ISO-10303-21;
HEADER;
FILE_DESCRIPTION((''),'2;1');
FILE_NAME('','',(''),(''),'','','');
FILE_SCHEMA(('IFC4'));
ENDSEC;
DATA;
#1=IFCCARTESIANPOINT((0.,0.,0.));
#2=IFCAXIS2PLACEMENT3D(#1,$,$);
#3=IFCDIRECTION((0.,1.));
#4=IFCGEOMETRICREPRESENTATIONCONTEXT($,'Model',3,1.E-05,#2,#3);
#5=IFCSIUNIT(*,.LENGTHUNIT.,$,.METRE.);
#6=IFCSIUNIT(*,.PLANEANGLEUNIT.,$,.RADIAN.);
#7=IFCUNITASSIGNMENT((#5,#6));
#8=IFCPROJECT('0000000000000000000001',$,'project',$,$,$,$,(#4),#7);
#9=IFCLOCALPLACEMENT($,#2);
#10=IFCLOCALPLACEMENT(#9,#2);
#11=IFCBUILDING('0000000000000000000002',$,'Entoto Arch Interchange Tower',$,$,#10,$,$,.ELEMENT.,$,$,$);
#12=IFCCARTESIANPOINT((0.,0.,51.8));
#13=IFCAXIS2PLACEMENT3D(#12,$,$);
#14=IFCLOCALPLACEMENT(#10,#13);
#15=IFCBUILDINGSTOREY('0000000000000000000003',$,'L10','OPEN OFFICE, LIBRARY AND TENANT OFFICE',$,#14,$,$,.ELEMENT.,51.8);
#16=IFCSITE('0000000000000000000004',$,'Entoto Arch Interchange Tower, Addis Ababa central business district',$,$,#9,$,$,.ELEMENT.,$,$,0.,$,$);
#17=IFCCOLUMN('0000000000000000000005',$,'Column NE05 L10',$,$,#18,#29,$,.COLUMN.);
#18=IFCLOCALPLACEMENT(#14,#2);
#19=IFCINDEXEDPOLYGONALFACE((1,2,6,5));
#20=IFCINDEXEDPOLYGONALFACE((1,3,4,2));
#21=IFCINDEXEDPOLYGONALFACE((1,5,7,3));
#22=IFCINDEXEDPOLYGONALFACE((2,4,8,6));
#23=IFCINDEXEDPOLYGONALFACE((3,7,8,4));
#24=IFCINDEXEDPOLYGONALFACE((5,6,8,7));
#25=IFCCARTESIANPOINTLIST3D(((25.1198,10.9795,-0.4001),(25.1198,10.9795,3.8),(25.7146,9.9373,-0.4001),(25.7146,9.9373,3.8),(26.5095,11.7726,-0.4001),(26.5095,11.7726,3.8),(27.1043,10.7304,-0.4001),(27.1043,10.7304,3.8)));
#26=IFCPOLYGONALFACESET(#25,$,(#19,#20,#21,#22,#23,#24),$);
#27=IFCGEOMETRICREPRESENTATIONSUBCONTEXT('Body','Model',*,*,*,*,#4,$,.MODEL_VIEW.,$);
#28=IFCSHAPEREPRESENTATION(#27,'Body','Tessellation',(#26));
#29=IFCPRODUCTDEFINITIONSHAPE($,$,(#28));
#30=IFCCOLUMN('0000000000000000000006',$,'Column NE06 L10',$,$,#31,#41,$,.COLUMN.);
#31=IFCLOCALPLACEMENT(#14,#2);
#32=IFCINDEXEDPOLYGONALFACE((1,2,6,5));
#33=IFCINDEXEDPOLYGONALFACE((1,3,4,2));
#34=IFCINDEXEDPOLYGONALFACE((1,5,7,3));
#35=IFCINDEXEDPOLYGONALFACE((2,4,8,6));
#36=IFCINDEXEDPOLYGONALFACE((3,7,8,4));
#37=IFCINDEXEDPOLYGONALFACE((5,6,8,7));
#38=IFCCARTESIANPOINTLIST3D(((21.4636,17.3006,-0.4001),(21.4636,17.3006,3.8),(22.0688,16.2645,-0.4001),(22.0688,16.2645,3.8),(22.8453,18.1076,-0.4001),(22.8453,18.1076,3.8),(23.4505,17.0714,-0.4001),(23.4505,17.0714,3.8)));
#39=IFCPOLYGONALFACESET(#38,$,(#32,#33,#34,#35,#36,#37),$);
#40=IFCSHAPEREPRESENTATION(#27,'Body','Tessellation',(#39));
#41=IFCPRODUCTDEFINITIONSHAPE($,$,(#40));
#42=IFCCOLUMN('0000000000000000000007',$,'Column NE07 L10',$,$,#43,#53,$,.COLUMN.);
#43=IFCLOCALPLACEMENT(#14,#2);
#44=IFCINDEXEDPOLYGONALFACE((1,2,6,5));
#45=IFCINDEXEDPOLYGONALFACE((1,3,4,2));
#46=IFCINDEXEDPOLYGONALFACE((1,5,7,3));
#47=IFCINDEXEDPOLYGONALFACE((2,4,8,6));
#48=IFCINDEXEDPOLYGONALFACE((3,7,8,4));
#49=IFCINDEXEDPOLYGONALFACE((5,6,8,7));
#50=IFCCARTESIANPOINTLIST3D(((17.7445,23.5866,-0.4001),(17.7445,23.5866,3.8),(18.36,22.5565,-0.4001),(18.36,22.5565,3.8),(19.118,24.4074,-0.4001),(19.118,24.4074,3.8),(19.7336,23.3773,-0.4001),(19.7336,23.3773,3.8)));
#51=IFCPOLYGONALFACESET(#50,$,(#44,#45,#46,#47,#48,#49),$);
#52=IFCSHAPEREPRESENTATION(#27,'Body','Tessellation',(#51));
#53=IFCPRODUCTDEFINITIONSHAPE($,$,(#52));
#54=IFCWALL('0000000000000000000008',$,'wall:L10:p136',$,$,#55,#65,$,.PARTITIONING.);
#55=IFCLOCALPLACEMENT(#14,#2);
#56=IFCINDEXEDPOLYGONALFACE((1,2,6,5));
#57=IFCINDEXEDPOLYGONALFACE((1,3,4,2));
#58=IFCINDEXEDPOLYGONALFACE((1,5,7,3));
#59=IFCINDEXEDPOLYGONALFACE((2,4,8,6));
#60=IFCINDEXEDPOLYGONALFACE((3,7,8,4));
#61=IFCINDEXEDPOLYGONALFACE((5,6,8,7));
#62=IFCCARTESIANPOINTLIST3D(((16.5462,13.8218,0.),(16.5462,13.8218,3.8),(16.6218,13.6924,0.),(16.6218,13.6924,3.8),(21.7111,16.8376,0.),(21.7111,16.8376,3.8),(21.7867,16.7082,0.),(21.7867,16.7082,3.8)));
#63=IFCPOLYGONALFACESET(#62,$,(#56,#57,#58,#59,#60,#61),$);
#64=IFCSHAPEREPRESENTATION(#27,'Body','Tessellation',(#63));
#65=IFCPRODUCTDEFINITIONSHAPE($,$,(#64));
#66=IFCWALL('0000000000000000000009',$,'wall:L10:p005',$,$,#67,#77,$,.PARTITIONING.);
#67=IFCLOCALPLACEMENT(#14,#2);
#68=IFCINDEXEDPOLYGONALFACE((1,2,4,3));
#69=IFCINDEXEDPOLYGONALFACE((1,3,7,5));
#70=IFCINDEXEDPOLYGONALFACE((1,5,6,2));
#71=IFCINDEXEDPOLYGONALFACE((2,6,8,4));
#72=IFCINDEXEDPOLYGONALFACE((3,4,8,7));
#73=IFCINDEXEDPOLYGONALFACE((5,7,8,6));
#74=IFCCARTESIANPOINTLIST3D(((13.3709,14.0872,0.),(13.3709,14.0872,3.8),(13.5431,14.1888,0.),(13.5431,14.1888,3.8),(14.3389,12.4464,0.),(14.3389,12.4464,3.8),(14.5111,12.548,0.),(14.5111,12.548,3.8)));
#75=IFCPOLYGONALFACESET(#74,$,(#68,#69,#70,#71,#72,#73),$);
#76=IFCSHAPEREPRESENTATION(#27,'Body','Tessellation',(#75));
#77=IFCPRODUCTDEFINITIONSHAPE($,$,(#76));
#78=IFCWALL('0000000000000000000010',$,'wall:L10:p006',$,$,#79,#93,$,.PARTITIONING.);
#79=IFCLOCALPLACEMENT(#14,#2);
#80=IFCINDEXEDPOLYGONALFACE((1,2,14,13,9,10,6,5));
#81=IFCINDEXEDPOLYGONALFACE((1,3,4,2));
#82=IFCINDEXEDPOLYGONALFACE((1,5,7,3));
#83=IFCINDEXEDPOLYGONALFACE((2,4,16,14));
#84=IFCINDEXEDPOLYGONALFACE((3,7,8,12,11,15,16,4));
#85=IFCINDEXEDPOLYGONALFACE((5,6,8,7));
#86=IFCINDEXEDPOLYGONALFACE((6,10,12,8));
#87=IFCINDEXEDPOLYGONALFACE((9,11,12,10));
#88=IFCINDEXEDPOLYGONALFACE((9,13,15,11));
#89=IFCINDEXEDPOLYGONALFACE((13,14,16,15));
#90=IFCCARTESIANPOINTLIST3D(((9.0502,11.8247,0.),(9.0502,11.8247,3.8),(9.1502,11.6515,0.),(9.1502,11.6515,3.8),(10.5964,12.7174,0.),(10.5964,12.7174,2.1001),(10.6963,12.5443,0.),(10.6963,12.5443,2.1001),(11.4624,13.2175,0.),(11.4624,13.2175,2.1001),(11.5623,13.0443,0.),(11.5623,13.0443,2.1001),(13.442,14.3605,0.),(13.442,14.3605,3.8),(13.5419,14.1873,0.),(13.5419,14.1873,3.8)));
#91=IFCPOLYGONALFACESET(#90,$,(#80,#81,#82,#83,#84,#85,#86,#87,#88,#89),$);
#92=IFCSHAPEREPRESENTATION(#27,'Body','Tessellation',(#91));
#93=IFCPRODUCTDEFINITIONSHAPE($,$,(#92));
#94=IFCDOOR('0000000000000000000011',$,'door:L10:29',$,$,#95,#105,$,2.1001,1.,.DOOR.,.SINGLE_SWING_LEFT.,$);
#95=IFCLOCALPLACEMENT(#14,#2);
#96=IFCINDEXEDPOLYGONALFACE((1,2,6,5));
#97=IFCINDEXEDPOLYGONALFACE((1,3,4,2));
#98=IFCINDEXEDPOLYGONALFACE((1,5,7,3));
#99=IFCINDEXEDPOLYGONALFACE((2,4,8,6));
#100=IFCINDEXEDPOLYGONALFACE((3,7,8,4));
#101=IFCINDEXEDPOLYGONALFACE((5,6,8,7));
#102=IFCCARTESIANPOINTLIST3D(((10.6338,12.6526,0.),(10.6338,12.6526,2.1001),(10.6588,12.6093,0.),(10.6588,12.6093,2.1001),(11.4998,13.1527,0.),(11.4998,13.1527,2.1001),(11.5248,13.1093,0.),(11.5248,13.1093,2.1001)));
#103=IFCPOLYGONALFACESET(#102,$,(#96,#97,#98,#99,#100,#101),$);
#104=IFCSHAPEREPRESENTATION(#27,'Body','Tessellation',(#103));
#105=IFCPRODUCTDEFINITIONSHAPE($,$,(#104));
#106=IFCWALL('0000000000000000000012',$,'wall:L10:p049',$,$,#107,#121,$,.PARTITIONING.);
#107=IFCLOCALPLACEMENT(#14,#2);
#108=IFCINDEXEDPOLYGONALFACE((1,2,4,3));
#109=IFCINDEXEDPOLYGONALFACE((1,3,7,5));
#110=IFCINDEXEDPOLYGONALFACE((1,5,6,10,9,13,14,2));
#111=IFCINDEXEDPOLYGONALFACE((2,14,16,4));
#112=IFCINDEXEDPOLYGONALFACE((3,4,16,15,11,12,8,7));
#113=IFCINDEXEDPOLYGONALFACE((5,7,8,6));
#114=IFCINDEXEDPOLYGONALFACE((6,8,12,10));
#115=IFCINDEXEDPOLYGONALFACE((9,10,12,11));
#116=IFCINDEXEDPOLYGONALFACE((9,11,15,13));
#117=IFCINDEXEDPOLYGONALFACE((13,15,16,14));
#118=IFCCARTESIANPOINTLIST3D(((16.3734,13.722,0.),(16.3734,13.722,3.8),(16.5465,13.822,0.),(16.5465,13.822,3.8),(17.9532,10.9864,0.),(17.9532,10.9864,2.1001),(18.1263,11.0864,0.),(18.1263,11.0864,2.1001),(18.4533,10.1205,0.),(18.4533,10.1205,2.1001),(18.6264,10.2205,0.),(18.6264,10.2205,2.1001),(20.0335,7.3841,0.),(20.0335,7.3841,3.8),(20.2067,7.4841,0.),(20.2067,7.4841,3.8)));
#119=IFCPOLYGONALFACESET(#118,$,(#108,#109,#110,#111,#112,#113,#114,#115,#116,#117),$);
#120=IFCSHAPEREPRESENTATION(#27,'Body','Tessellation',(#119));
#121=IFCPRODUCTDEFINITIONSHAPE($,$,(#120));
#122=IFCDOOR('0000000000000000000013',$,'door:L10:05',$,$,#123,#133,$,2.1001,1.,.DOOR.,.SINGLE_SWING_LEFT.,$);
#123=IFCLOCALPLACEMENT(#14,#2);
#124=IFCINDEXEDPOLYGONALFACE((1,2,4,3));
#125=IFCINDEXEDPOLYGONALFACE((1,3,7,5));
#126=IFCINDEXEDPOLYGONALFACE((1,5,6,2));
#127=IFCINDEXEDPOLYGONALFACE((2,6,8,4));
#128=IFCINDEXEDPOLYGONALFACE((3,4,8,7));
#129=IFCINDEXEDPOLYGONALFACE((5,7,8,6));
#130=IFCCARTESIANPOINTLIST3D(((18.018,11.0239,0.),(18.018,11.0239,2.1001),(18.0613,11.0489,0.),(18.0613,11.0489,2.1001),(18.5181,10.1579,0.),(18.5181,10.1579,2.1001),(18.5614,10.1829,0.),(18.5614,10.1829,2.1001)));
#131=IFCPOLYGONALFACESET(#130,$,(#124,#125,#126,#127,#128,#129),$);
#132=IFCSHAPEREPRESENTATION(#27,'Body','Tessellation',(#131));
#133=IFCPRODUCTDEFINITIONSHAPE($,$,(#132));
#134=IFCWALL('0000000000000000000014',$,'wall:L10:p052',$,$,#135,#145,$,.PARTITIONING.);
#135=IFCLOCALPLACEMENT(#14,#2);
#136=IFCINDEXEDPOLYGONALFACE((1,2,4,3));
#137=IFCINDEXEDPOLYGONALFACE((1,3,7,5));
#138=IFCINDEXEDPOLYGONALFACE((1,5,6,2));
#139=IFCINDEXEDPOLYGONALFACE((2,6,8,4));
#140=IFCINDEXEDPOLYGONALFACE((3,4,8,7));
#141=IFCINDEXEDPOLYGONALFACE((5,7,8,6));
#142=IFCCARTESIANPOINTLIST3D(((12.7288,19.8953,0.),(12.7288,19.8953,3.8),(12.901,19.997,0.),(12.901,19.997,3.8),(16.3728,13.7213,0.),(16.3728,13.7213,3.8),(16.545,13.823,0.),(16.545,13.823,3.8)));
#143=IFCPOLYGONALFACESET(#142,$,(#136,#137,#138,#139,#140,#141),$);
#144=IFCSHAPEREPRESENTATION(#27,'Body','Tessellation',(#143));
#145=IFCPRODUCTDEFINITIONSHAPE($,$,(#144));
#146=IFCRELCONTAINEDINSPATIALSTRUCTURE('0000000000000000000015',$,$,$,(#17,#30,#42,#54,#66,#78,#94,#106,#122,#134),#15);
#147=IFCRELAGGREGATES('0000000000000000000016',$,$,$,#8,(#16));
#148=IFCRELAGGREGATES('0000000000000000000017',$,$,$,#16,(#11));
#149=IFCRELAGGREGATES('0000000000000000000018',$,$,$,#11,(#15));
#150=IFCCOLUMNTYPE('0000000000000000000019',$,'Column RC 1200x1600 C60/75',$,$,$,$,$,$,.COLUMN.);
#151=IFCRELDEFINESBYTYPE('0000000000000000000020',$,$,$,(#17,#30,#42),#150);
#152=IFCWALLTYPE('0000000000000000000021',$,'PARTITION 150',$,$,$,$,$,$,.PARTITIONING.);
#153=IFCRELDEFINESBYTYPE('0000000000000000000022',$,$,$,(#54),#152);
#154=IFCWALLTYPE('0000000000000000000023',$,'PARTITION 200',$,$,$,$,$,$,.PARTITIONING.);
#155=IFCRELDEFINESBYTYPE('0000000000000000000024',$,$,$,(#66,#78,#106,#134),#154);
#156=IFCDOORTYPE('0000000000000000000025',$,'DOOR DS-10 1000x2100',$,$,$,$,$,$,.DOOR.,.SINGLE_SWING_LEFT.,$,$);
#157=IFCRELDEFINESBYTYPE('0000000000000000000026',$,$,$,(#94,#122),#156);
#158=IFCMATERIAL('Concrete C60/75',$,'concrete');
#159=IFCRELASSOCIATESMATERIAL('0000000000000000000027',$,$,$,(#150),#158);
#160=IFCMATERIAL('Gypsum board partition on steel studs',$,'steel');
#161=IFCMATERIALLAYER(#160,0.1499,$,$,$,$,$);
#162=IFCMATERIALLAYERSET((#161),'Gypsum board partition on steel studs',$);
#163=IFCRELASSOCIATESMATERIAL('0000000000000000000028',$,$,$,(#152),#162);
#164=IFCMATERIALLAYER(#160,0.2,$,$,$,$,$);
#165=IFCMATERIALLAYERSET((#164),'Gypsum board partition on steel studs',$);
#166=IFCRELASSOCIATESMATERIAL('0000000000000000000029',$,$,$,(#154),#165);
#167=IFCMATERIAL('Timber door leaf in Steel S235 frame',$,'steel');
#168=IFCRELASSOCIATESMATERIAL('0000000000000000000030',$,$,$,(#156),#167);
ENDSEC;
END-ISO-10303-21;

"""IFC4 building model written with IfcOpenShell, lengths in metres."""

from ifc_helpers import new_model, si_unit, direction, frame, frame_2d, origin, origin_2d, place, context, subcontext, project, spatial, rectangle, extrude, material, layer, layer_set, material_profile, profile_set, type_object, element, fill, save


model = new_model("IFC4")

# Units and contexts
model_context = context("Model", 3, precision=1e-05, world=origin(), true_north=direction((0.0, 1.0)))
body_context = subcontext(model_context, "Body", "Model", "MODEL_VIEW")
ifc_project = project(units=[si_unit("LENGTHUNIT", "METRE"), si_unit("PLANEANGLEUNIT", "RADIAN")], contexts=[model_context])

# Site, building, storey
site_placement = place(None, origin())
site = spatial("IfcSite", under=ifc_project, at=site_placement, Name="Entoto Arch Interchange Tower, Addis Ababa central business district", CompositionType="ELEMENT", RefElevation=0.0)
building_placement = place(site_placement, origin())
building = spatial("IfcBuilding", under=site, at=building_placement, Name="Entoto Arch Interchange Tower", CompositionType="ELEMENT")
storey_placement = place(building_placement, frame((0.0, 0.0, 51.8)))
storey = spatial("IfcBuildingStorey", under=building, at=storey_placement, Name="L10", Description="OPEN OFFICE, LIBRARY AND TENANT OFFICE", CompositionType="ELEMENT", Elevation=51.8)

# Columns
ifc_material_1 = material(Name="Concrete C60/75", Category="concrete")
ifc_material_profile = material_profile(ifc_material_1, rectangle(XDim=1.2, YDim=1.6001, at=origin_2d()))
ifc_profile_set = profile_set([ifc_material_profile], Name="Concrete C60/75")
column_type = type_object("IfcColumnType", Name="Column RC 1200x1600 C60/75", PredefinedType="COLUMN", material=ifc_profile_set)
for number, where, z_axis, x_axis, name in (
    (1, (26.1121, 10.855, -0.4001), (0.0, 0.0, 1.0), (-0.495656, 0.868519, 0.0), "Column NE05 L10"),
    (2, (22.457, 17.186, -0.4001), (0.0, 0.0, 1.0), (-0.504332, 0.86351, 0.0), "Column NE06 L10"),
    (3, (18.739, 23.4819, -0.4001), (0.0, 0.0, 1.0), (-0.512972, 0.858405, 0.0), "Column NE07 L10"),
):
    element("IfcColumn", number, at=place(storey_placement, frame(where, z_axis=z_axis, x_axis=x_axis)), inside=storey, type_object=column_type, Name=name, PredefinedType="COLUMN", context=body_context, shape_type="SweptSolid", body=[
        extrude(rectangle(XDim=1.2, YDim=1.6001, at=origin_2d()), origin(), (0.0, 0.0, 1.0), 4.2002),
    ])

# Walls
ifc_material_2 = material(Name="Gypsum board partition on steel studs", Category="steel")
ifc_layer_1 = layer(ifc_material_2, 0.1499)
ifc_layer_set_1 = layer_set([ifc_layer_1], Name="Gypsum board partition on steel studs")
wall_type_1 = type_object("IfcWallType", Name="PARTITION 150", PredefinedType="PARTITIONING", material=ifc_layer_set_1)
wall_1_placement = place(storey_placement, frame((16.584, 13.7571, 0.0), z_axis=(0.0, 0.0, 1.0), x_axis=(0.863566, 0.504236, 0.0)))
element("IfcWall", 4, at=wall_1_placement, inside=storey, type_object=wall_type_1, Name="wall:L10:p136", PredefinedType="PARTITIONING", context=body_context, shape_type="SweptSolid", body=[
    extrude(rectangle(XDim=5.981, YDim=0.1499, at=frame_2d((2.9905, 0.0))), origin(), (0.0, 0.0, 1.0), 3.8),
])
ifc_layer_2 = layer(ifc_material_2, 0.2)
ifc_layer_set_2 = layer_set([ifc_layer_2], Name="Gypsum board partition on steel studs")
wall_type_2 = type_object("IfcWallType", Name="PARTITION 200", PredefinedType="PARTITIONING", material=ifc_layer_set_2)
wall_2_placement = place(storey_placement, frame((14.425, 12.4971, 0.0), z_axis=(0.0, 0.0, 1.0), x_axis=(-0.508112, 0.861291, 0.0)))
element("IfcWall", 5, at=wall_2_placement, inside=storey, type_object=wall_type_2, Name="wall:L10:p005", PredefinedType="PARTITIONING", context=body_context, shape_type="SweptSolid", body=[
    extrude(rectangle(XDim=1.905, YDim=0.2, at=frame_2d((0.9526, 0.0))), origin(), (0.0, 0.0, 1.0), 3.8),
])

# Walls, openings, doors
wall_3_placement = place(storey_placement, frame((13.4919, 14.2739, 0.0), z_axis=(0.0, 0.0, 1.0), x_axis=(-0.866004, -0.500038, 0.0)))
wall_3 = element("IfcWall", 6, at=wall_3_placement, inside=storey, type_object=wall_type_2, Name="wall:L10:p006", PredefinedType="PARTITIONING", context=body_context, shape_type="SweptSolid", body=[
    extrude(rectangle(XDim=5.0713, YDim=0.2, at=frame_2d((2.5356, 0.0))), origin(), (0.0, 0.0, 1.0), 3.8),
])
opening_1_placement = place(wall_3_placement, frame((2.2859, 0.0, 0.0)))
opening_1 = element("IfcOpeningElement", 7, at=opening_1_placement, cuts=wall_3, PredefinedType="OPENING", context=body_context, shape_type="SweptSolid", body=[
    extrude(rectangle(XDim=1.0, YDim=2.1001, at=frame_2d((0.5, 1.05))), frame((0.0, 0.1099, 0.0), z_axis=(0.0, -1.0, 0.0), x_axis=(1.0, 0.0, 0.0)), (0.0, 0.0, 1.0), 0.22),
])
ifc_material_3 = material(Name="Timber door leaf in Steel S235 frame", Category="steel")
door_type = type_object("IfcDoorType", Name="DOOR DS-10 1000x2100", OperationType="SINGLE_SWING_LEFT", PredefinedType="DOOR", material=ifc_material_3)
door_1_placement = place(opening_1_placement, origin())
door_1 = element("IfcDoor", 8, at=door_1_placement, inside=storey, type_object=door_type, Name="door:L10:29", OperationType="SINGLE_SWING_LEFT", OverallHeight=2.1001, OverallWidth=1.0, PredefinedType="DOOR", context=body_context, shape_type="SweptSolid", body=[
    extrude(rectangle(XDim=1.0, YDim=2.1001, at=frame_2d((0.5, 1.05))), frame((0.0, 0.0249, 0.0), z_axis=(0.0, -1.0, 0.0), x_axis=(1.0, 0.0, 0.0)), (0.0, 0.0, 1.0), 0.05),
])
fill(opening_1, door_1)
wall_4_placement = place(storey_placement, frame((16.46, 13.772, 0.0), z_axis=(0.0, 0.0, 1.0), x_axis=(0.5001, -0.865968, 0.0)))
wall_4 = element("IfcWall", 9, at=wall_4_placement, inside=storey, type_object=wall_type_2, Name="wall:L10:p049", PredefinedType="PARTITIONING", context=body_context, shape_type="SweptSolid", body=[
    extrude(rectangle(XDim=7.3188, YDim=0.2, at=frame_2d((3.6594, 0.0))), origin(), (0.0, 0.0, 1.0), 3.8),
])
opening_2_placement = place(wall_4_placement, frame((3.1589, 0.0, 0.0)))
opening_2 = element("IfcOpeningElement", 10, at=opening_2_placement, cuts=wall_4, PredefinedType="OPENING", context=body_context, shape_type="SweptSolid", body=[
    extrude(rectangle(XDim=1.0, YDim=2.1001, at=frame_2d((0.5, 1.05))), frame((0.0, 0.1099, 0.0), z_axis=(0.0, -1.0, 0.0), x_axis=(1.0, 0.0, 0.0)), (0.0, 0.0, 1.0), 0.22),
])
door_2_placement = place(opening_2_placement, origin())
door_2 = element("IfcDoor", 11, at=door_2_placement, inside=storey, type_object=door_type, Name="door:L10:05", OperationType="SINGLE_SWING_LEFT", OverallHeight=2.1001, OverallWidth=1.0, PredefinedType="DOOR", context=body_context, shape_type="SweptSolid", body=[
    extrude(rectangle(XDim=1.0, YDim=2.1001, at=frame_2d((0.5, 1.05))), frame((0.0, 0.0249, 0.0), z_axis=(0.0, -1.0, 0.0), x_axis=(1.0, 0.0, 0.0)), (0.0, 0.0, 1.0), 0.05),
])
fill(opening_2, door_2)

# Wall
wall_5_placement = place(storey_placement, frame((12.8149, 19.946, 0.0), z_axis=(0.0, 0.0, 1.0), x_axis=(0.508288, -0.861187, 0.0)))
element("IfcWall", 12, at=wall_5_placement, inside=storey, type_object=wall_type_2, Name="wall:L10:p052", PredefinedType="PARTITIONING", context=body_context, shape_type="SweptSolid", body=[
    extrude(rectangle(XDim=7.1692, YDim=0.2, at=frame_2d((3.5845, 0.0))), origin(), (0.0, 0.0, 1.0), 3.8),
])

save(model, "model.ifc")
